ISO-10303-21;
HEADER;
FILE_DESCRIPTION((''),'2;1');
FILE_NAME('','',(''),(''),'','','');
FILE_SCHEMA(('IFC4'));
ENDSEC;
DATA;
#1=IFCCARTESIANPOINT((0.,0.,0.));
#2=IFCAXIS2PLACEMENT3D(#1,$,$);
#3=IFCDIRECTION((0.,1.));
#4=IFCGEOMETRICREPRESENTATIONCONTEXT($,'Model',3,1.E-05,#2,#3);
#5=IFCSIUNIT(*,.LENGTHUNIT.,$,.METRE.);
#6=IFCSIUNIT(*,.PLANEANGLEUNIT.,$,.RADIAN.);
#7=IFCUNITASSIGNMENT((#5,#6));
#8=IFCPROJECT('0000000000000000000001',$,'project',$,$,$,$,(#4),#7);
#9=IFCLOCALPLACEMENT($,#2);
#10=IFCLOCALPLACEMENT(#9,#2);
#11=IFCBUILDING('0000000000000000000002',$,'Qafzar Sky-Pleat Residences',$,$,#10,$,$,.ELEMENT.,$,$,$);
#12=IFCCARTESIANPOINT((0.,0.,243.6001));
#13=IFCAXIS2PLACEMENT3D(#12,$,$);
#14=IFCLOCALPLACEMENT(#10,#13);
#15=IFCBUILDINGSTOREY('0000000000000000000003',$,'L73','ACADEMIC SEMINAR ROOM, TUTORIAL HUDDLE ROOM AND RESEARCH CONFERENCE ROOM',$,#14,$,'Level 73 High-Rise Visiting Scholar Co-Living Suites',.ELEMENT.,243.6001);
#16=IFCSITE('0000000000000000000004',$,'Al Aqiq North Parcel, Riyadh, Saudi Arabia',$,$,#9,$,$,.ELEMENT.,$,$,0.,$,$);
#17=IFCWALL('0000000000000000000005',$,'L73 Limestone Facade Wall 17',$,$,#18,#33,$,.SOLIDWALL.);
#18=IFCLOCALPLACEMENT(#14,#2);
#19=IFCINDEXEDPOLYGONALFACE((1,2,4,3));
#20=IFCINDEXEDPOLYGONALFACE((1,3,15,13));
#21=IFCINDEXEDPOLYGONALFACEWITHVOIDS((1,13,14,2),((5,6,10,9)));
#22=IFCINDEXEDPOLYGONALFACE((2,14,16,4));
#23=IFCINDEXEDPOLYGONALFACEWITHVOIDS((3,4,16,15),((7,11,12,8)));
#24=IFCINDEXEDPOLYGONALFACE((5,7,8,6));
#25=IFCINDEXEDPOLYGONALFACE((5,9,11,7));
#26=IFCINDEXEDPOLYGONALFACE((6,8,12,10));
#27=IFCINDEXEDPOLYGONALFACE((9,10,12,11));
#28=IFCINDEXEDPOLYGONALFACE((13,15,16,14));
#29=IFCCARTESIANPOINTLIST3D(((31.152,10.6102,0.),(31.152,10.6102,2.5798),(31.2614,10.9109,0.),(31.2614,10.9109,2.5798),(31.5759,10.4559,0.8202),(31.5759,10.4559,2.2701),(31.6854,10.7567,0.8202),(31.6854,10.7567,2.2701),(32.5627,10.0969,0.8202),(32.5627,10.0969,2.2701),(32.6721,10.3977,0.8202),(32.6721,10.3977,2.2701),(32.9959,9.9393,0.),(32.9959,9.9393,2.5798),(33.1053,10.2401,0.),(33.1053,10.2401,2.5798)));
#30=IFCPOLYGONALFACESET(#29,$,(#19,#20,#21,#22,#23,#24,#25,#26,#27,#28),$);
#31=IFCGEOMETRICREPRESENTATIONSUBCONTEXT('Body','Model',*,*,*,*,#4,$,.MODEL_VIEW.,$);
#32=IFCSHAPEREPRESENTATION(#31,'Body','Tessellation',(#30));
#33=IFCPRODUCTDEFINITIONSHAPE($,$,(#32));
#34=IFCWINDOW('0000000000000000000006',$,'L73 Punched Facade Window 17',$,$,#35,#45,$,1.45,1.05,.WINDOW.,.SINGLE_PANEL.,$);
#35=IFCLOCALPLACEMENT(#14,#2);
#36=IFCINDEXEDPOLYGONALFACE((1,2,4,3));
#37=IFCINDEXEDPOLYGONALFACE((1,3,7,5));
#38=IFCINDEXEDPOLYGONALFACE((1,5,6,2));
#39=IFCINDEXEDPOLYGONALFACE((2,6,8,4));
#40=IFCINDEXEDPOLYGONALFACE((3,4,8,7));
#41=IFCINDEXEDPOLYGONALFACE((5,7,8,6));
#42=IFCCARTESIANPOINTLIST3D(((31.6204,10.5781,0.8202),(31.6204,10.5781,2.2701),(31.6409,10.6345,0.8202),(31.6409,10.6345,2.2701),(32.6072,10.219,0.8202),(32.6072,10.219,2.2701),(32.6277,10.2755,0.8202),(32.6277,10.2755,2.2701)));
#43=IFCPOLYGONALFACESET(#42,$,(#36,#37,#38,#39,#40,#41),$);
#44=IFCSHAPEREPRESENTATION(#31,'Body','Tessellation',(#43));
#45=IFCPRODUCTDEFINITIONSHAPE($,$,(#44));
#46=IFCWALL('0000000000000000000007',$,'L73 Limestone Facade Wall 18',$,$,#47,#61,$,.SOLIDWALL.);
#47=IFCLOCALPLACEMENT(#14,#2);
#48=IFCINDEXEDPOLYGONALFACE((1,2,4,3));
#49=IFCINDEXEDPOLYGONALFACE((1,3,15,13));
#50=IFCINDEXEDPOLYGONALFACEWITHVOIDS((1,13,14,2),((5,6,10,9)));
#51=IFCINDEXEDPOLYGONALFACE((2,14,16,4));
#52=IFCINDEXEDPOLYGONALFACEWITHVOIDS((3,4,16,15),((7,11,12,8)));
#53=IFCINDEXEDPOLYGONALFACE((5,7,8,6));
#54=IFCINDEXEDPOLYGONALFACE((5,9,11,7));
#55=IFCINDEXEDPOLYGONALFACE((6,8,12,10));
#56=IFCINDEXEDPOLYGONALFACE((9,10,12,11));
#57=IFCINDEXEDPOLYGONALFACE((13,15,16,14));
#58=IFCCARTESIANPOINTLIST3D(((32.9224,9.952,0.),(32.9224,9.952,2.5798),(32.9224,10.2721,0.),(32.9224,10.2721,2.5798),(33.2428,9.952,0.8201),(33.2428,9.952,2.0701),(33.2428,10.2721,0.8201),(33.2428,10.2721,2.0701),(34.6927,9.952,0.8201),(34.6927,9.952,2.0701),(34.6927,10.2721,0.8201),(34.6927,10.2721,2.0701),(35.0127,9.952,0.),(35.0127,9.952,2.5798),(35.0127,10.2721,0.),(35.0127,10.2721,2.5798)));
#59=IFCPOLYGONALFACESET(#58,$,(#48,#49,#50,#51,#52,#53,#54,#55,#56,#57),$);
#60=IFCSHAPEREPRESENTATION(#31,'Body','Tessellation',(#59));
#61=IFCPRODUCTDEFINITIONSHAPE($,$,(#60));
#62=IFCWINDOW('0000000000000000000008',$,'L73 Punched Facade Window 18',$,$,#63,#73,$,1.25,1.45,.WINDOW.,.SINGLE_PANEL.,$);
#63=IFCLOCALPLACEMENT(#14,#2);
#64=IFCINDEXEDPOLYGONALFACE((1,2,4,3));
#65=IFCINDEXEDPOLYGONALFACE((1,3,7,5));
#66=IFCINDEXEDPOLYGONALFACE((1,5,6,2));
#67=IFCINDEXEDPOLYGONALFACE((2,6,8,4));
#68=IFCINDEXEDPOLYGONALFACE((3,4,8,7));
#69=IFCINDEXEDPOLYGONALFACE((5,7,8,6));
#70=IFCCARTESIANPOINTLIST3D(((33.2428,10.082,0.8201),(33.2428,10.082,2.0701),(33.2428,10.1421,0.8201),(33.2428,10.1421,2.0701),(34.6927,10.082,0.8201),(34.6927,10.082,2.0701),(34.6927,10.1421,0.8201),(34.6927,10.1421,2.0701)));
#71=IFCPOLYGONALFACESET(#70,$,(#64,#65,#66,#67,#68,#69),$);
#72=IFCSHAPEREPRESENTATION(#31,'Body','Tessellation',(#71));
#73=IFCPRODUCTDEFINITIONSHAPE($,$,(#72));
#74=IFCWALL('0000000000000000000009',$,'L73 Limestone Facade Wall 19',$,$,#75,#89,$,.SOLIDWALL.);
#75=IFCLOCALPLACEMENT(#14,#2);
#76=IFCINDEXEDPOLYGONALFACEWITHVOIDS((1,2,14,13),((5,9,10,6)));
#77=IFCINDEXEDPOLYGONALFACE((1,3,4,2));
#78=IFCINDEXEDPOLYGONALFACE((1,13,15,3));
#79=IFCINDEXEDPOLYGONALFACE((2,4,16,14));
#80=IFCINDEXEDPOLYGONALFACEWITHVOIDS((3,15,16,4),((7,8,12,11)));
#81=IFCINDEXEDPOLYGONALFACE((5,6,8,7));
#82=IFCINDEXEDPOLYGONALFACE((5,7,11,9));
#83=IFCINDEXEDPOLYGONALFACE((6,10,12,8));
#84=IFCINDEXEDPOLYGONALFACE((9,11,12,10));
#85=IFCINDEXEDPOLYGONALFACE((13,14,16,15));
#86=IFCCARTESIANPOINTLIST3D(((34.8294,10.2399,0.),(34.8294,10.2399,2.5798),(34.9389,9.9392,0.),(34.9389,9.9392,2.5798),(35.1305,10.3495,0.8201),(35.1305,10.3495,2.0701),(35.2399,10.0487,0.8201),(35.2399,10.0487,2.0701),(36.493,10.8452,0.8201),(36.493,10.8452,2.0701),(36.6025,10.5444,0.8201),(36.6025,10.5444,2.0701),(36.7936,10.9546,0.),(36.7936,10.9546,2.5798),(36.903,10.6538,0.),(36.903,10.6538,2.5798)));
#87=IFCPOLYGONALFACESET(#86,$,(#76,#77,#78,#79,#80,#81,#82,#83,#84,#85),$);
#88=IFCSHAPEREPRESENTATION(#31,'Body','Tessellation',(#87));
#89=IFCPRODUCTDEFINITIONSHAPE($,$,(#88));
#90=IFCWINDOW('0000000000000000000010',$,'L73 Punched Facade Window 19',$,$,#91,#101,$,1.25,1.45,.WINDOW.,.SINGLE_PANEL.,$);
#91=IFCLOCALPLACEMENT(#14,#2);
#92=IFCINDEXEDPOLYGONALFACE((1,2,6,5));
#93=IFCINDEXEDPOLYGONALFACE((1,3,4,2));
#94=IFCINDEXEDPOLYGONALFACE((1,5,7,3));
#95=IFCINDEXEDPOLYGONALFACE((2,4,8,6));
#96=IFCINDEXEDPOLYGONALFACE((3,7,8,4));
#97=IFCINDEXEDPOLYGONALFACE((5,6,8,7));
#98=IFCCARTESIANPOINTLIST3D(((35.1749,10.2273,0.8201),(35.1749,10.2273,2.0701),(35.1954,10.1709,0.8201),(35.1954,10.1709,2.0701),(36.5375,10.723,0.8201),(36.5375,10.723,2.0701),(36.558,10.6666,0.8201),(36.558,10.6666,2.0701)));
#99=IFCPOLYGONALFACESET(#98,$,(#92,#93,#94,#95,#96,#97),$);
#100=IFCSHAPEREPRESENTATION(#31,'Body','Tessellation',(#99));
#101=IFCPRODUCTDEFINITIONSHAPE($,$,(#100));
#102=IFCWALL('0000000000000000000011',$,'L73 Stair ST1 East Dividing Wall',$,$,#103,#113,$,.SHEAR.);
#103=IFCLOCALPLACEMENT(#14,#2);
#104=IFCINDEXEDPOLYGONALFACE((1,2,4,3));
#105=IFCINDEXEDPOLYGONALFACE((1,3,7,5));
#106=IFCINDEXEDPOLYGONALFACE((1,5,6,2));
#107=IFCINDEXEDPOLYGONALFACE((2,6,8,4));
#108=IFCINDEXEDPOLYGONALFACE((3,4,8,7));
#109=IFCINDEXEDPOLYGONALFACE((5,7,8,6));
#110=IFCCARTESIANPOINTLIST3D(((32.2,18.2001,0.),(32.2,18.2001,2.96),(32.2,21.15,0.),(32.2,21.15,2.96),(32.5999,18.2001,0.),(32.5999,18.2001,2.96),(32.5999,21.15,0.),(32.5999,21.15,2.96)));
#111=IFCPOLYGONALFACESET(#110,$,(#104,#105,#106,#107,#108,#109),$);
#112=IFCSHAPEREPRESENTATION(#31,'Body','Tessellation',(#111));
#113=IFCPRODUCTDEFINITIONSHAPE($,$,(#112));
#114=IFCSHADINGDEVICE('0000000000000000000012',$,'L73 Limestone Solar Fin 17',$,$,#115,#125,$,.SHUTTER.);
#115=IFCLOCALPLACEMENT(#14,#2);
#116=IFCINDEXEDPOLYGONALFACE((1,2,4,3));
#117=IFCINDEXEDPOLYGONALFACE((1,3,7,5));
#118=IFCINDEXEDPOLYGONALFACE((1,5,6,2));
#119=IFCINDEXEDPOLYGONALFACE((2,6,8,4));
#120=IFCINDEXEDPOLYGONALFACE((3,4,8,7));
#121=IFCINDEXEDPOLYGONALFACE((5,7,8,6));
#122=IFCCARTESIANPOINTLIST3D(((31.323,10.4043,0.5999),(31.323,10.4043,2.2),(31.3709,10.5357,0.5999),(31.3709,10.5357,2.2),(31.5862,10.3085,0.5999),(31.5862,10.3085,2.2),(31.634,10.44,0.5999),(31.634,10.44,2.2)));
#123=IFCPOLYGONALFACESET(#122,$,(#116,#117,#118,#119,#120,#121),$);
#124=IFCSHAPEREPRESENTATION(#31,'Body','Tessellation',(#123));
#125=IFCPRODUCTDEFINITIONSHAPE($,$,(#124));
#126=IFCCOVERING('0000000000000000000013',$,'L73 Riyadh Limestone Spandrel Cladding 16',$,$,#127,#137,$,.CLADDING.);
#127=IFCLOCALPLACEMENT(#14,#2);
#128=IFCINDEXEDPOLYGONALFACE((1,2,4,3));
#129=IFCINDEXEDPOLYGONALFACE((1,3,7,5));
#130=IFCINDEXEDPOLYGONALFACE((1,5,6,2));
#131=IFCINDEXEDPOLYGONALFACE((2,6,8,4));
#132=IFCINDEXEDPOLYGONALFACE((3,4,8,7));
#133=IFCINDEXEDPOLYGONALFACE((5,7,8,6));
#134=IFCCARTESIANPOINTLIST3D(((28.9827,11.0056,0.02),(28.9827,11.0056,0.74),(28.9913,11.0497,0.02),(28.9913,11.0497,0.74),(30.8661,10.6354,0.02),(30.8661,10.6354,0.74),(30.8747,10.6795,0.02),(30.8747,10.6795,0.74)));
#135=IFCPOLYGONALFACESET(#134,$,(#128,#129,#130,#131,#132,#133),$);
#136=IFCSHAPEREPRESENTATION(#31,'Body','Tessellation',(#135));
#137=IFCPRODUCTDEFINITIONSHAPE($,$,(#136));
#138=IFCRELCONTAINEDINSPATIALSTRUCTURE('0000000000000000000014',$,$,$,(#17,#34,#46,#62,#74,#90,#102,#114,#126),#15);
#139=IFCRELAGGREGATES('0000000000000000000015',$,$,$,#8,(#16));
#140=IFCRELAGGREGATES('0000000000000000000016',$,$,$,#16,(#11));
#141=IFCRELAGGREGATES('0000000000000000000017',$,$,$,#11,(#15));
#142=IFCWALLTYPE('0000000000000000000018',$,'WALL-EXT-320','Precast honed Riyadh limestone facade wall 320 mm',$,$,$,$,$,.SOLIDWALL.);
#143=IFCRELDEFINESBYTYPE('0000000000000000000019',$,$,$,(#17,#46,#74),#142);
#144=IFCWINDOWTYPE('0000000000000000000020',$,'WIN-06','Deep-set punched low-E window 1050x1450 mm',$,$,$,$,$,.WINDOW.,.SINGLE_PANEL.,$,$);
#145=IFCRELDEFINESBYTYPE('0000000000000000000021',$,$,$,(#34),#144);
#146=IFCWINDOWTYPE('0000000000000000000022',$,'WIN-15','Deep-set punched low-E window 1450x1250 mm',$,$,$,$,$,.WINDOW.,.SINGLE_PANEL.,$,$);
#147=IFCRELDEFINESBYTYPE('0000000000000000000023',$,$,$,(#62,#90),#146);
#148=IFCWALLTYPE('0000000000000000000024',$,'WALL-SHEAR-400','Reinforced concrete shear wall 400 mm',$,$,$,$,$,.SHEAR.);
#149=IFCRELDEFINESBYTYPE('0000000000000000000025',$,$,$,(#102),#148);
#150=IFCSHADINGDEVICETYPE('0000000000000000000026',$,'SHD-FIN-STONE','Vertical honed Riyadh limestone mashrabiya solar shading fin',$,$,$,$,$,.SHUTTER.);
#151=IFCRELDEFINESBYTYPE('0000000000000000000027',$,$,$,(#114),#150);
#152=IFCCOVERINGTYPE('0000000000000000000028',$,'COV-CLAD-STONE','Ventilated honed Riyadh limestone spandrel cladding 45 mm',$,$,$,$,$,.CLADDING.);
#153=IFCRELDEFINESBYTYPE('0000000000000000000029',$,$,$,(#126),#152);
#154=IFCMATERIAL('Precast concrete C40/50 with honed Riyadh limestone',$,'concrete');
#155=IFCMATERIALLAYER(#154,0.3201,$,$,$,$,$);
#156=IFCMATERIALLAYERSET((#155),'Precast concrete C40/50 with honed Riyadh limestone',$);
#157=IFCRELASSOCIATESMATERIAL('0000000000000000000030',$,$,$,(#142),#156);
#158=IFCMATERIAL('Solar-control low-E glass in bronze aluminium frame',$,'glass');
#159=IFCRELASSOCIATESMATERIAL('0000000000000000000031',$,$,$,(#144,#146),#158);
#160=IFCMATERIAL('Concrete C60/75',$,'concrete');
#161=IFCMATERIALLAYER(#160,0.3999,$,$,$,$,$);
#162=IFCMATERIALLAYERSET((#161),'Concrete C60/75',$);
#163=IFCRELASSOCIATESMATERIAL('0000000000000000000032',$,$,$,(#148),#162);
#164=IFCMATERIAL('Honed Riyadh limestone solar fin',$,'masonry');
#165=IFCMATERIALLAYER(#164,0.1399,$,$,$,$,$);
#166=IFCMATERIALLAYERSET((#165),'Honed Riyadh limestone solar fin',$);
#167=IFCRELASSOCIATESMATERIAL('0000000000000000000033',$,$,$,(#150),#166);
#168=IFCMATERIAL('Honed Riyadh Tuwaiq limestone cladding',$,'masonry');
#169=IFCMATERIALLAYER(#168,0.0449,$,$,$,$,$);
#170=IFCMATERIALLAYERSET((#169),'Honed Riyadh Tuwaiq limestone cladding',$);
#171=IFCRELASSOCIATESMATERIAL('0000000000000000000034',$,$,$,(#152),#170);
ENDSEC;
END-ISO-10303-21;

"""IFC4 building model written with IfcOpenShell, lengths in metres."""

from ifc_helpers import new_model, si_unit, direction, frame, frame_2d, origin, origin_2d, place, context, subcontext, project, spatial, rectangle, extrude, source, transform, mapped, material, layer, layer_set, type_object, element, fill, save


model = new_model("IFC4")

# Units and contexts
model_context = context("Model", 3, precision=1e-05, world=origin(), true_north=direction((0.0, 1.0)))
body_context = subcontext(model_context, "Body", "Model", "MODEL_VIEW")
ifc_project = project(units=[si_unit("LENGTHUNIT", "METRE"), si_unit("PLANEANGLEUNIT", "RADIAN")], contexts=[model_context])

# Site, building, storey
site_placement = place(None, origin())
site = spatial("IfcSite", under=ifc_project, at=site_placement, Name="Al Aqiq North Parcel, Riyadh, Saudi Arabia", CompositionType="ELEMENT", RefElevation=0.0)
building_placement = place(site_placement, origin())
building = spatial("IfcBuilding", under=site, at=building_placement, Name="Qafzar Sky-Pleat Residences", CompositionType="ELEMENT")
storey_placement = place(building_placement, frame((0.0, 0.0, 243.6001)))
storey = spatial("IfcBuildingStorey", under=building, at=storey_placement, Name="L73", Description="ACADEMIC SEMINAR ROOM, TUTORIAL HUDDLE ROOM AND RESEARCH CONFERENCE ROOM", LongName="Level 73 High-Rise Visiting Scholar Co-Living Suites", CompositionType="ELEMENT", Elevation=243.6001)

# Walls, openings, windows
ifc_material_1 = material(Name="Precast concrete C40/50 with honed Riyadh limestone", Category="concrete")
ifc_layer_1 = layer(ifc_material_1, 0.3201)
ifc_layer_set_1 = layer_set([ifc_layer_1], Name="Precast concrete C40/50 with honed Riyadh limestone")
wall_type_1 = type_object("IfcWallType", Name="WALL-EXT-320", Description="Precast honed Riyadh limestone facade wall 320 mm", PredefinedType="SOLIDWALL", material=ifc_layer_set_1)
ifc_material_2 = material(Name="Solar-control low-E glass in bronze aluminium frame", Category="glass")
wall_1_placement = place(storey_placement, frame((31.2068, 10.7605, 0.0), z_axis=(0.0, 0.0, 1.0), x_axis=(0.939735, -0.341903, 0.0)))
wall_1 = element("IfcWall", 1, at=wall_1_placement, inside=storey, type_object=wall_type_1, Name="L73 Limestone Facade Wall 17", PredefinedType="SOLIDWALL", context=body_context, shape_type="SweptSolid", body=[
    extrude(rectangle(XDim=1.9622, YDim=0.3201, at=frame_2d((0.981, 0.0))), origin(), (0.0, 0.0, 1.0), 2.5798),
])
opening_1_placement = place(wall_1_placement, frame((0.4512, 0.0, 0.8201)))
opening_1 = element("IfcOpeningElement", 2, at=opening_1_placement, cuts=wall_1, PredefinedType="OPENING", context=body_context, shape_type="SweptSolid", body=[
    extrude(rectangle(XDim=1.05, YDim=1.45, at=frame_2d((0.5249, 0.7251))), frame((0.0, 0.1699, 0.0), z_axis=(0.0, -1.0, 0.0), x_axis=(1.0, 0.0, 0.0)), (0.0, 0.0, 1.0), 0.3401),
])
window_type_1 = type_object("IfcWindowType", Name="WIN-06", Description="Deep-set punched low-E window 1050x1450 mm", PartitioningType="SINGLE_PANEL", PredefinedType="WINDOW", material=ifc_material_2)
shared_shape_1 = source(origin(), body_context, "Body", "SweptSolid", [
    extrude(rectangle(XDim=1.05, YDim=1.45, at=frame_2d((0.5249, 0.7251))), frame((0.0, 0.03, 0.0), z_axis=(0.0, -1.0, 0.0), x_axis=(1.0, 0.0, 0.0)), (0.0, 0.0, 1.0), 0.0601),
])
window_1_placement = place(opening_1_placement, origin())
window_1 = element("IfcWindow", 3, at=window_1_placement, inside=storey, type_object=window_type_1, Name="L73 Punched Facade Window 17", OverallHeight=1.45, OverallWidth=1.05, PartitioningType="SINGLE_PANEL", PredefinedType="WINDOW", context=body_context, shape_type="MappedRepresentation", body=[
    mapped(shared_shape_1, transform((0.0, 0.0, 0.0), x_axis=(1.0, 0.0, 0.0), y_axis=(0.0, 1.0, 0.0), z_axis=(0.0, 0.0, 1.0), scale=1.0)),
])
fill(opening_1, window_1)
wall_2_placement = place(storey_placement, frame((32.9224, 10.1121, 0.0), z_axis=(0.0, 0.0, 1.0), x_axis=(1.0, 0.0, 0.0)))
wall_2 = element("IfcWall", 4, at=wall_2_placement, inside=storey, type_object=wall_type_1, Name="L73 Limestone Facade Wall 18", PredefinedType="SOLIDWALL", context=body_context, shape_type="SweptSolid", body=[
    extrude(rectangle(XDim=2.0903, YDim=0.3201, at=frame_2d((1.0452, 0.0))), origin(), (0.0, 0.0, 1.0), 2.5798),
])
opening_2_placement = place(wall_2_placement, frame((0.3203, 0.0, 0.8201)))
opening_2 = element("IfcOpeningElement", 5, at=opening_2_placement, cuts=wall_2, PredefinedType="OPENING", context=body_context, shape_type="SweptSolid", body=[
    extrude(rectangle(XDim=1.45, YDim=1.25, at=frame_2d((0.7251, 0.625))), frame((0.0, 0.1699, 0.0), z_axis=(0.0, -1.0, 0.0), x_axis=(1.0, 0.0, 0.0)), (0.0, 0.0, 1.0), 0.3401),
])
window_type_2 = type_object("IfcWindowType", Name="WIN-15", Description="Deep-set punched low-E window 1450x1250 mm", PartitioningType="SINGLE_PANEL", PredefinedType="WINDOW", material=ifc_material_2)
shared_shape_2 = source(origin(), body_context, "Body", "SweptSolid", [
    extrude(rectangle(XDim=1.45, YDim=1.25, at=frame_2d((0.7251, 0.625))), frame((0.0, 0.03, 0.0), z_axis=(0.0, -1.0, 0.0), x_axis=(1.0, 0.0, 0.0)), (0.0, 0.0, 1.0), 0.0601),
])
window_2_placement = place(opening_2_placement, origin())
window_2 = element("IfcWindow", 6, at=window_2_placement, inside=storey, type_object=window_type_2, Name="L73 Punched Facade Window 18", OverallHeight=1.25, OverallWidth=1.45, PartitioningType="SINGLE_PANEL", PredefinedType="WINDOW", context=body_context, shape_type="MappedRepresentation", body=[
    mapped(shared_shape_2, transform((0.0, 0.0, 0.0), x_axis=(1.0, 0.0, 0.0), y_axis=(0.0, 1.0, 0.0), z_axis=(0.0, 0.0, 1.0), scale=1.0)),
])
fill(opening_2, window_2)
wall_3_placement = place(storey_placement, frame((34.8843, 10.0896, 0.0), z_axis=(0.0, 0.0, 1.0), x_axis=(0.939735, 0.341902, 0.0)))
wall_3 = element("IfcWall", 7, at=wall_3_placement, inside=storey, type_object=wall_type_1, Name="L73 Limestone Facade Wall 19", PredefinedType="SOLIDWALL", context=body_context, shape_type="SweptSolid", body=[
    extrude(rectangle(XDim=2.0901, YDim=0.3201, at=frame_2d((1.0449, 0.0))), origin(), (0.0, 0.0, 1.0), 2.5798),
])
opening_3_placement = place(wall_3_placement, frame((0.3201, 0.0, 0.8201)))
opening_3 = element("IfcOpeningElement", 8, at=opening_3_placement, cuts=wall_3, PredefinedType="OPENING", context=body_context, shape_type="SweptSolid", body=[
    extrude(rectangle(XDim=1.45, YDim=1.25, at=frame_2d((0.7251, 0.625))), frame((0.0, 0.1699, 0.0), z_axis=(0.0, -1.0, 0.0), x_axis=(1.0, 0.0, 0.0)), (0.0, 0.0, 1.0), 0.3401),
])
window_3_placement = place(opening_3_placement, origin())
window_3 = element("IfcWindow", 9, at=window_3_placement, inside=storey, type_object=window_type_2, Name="L73 Punched Facade Window 19", OverallHeight=1.25, OverallWidth=1.45, PartitioningType="SINGLE_PANEL", PredefinedType="WINDOW", context=body_context, shape_type="MappedRepresentation", body=[
    mapped(shared_shape_2, transform((0.0, 0.0, 0.0), x_axis=(1.0, 0.0, 0.0), y_axis=(0.0, 1.0, 0.0), z_axis=(0.0, 0.0, 1.0), scale=1.0)),
])
fill(opening_3, window_3)

# Wall
ifc_material_3 = material(Name="Concrete C60/75", Category="concrete")
ifc_layer_2 = layer(ifc_material_3, 0.3999)
ifc_layer_set_2 = layer_set([ifc_layer_2], Name="Concrete C60/75")
wall_type_2 = type_object("IfcWallType", Name="WALL-SHEAR-400", Description="Reinforced concrete shear wall 400 mm", PredefinedType="SHEAR", material=ifc_layer_set_2)
wall_4_placement = place(storey_placement, frame((32.3999, 18.2, 0.0), z_axis=(0.0, 0.0, 1.0), x_axis=(0.0, 1.0, 0.0)))
element("IfcWall", 10, at=wall_4_placement, inside=storey, type_object=wall_type_2, Name="L73 Stair ST1 East Dividing Wall", PredefinedType="SHEAR", context=body_context, shape_type="SweptSolid", body=[
    extrude(rectangle(XDim=2.95, YDim=0.3999, at=frame_2d((1.4751, 0.0))), origin(), (0.0, 0.0, 1.0), 2.96),
])

# Shading device
ifc_material_4 = material(Name="Honed Riyadh limestone solar fin", Category="masonry")
ifc_layer_3 = layer(ifc_material_4, 0.1399)
ifc_layer_set_3 = layer_set([ifc_layer_3], Name="Honed Riyadh limestone solar fin")
shading_device_type = type_object("IfcShadingDeviceType", Name="SHD-FIN-STONE", Description="Vertical honed Riyadh limestone mashrabiya solar shading fin", PredefinedType="SHUTTER", material=ifc_layer_set_3)
shared_shape_3 = source(origin(), body_context, "Body", "SweptSolid", [
    extrude(rectangle(XDim=0.1399, YDim=0.28, at=origin_2d()), origin(), (0.0, 0.0, 1.0), 1.6001),
])
shading_device_placement = place(storey_placement, frame((31.4785, 10.4221, 0.5999), z_axis=(0.0, 0.0, 1.0), x_axis=(-0.34201, -0.939696, 0.0)))
element("IfcShadingDevice", 11, at=shading_device_placement, inside=storey, type_object=shading_device_type, Name="L73 Limestone Solar Fin 17", PredefinedType="SHUTTER", context=body_context, shape_type="MappedRepresentation", body=[
    mapped(shared_shape_3, transform((0.0, 0.0, 0.0), x_axis=(1.0, 0.0, 0.0), y_axis=(0.0, 1.0, 0.0), z_axis=(0.0, 0.0, 1.0), scale=1.0)),
])

# Covering
ifc_material_5 = material(Name="Honed Riyadh Tuwaiq limestone cladding", Category="masonry")
ifc_layer_4 = layer(ifc_material_5, 0.0449)
ifc_layer_set_4 = layer_set([ifc_layer_4], Name="Honed Riyadh Tuwaiq limestone cladding")
covering_type = type_object("IfcCoveringType", Name="COV-CLAD-STONE", Description="Ventilated honed Riyadh limestone spandrel cladding 45 mm", PredefinedType="CLADDING", material=ifc_layer_set_4)
shared_shape_4 = source(origin(), body_context, "Body", "SweptSolid", [
    extrude(rectangle(XDim=1.9194, YDim=0.0449, at=origin_2d()), origin(), (0.0, 0.0, 1.0), 0.72),
])
covering_placement = place(storey_placement, frame((29.9287, 10.8425, 0.02), z_axis=(0.0, 0.0, 1.0), x_axis=(0.981228, -0.192851, 0.0)))
element("IfcCovering", 12, at=covering_placement, inside=storey, type_object=covering_type, Name="L73 Riyadh Limestone Spandrel Cladding 16", PredefinedType="CLADDING", context=body_context, shape_type="MappedRepresentation", body=[
    mapped(shared_shape_4, transform((0.0, 0.0, 0.0), x_axis=(1.0, 0.0, 0.0), y_axis=(0.0, 1.0, 0.0), z_axis=(0.0, 0.0, 1.0), scale=1.0)),
])

save(model, "model.ifc")
